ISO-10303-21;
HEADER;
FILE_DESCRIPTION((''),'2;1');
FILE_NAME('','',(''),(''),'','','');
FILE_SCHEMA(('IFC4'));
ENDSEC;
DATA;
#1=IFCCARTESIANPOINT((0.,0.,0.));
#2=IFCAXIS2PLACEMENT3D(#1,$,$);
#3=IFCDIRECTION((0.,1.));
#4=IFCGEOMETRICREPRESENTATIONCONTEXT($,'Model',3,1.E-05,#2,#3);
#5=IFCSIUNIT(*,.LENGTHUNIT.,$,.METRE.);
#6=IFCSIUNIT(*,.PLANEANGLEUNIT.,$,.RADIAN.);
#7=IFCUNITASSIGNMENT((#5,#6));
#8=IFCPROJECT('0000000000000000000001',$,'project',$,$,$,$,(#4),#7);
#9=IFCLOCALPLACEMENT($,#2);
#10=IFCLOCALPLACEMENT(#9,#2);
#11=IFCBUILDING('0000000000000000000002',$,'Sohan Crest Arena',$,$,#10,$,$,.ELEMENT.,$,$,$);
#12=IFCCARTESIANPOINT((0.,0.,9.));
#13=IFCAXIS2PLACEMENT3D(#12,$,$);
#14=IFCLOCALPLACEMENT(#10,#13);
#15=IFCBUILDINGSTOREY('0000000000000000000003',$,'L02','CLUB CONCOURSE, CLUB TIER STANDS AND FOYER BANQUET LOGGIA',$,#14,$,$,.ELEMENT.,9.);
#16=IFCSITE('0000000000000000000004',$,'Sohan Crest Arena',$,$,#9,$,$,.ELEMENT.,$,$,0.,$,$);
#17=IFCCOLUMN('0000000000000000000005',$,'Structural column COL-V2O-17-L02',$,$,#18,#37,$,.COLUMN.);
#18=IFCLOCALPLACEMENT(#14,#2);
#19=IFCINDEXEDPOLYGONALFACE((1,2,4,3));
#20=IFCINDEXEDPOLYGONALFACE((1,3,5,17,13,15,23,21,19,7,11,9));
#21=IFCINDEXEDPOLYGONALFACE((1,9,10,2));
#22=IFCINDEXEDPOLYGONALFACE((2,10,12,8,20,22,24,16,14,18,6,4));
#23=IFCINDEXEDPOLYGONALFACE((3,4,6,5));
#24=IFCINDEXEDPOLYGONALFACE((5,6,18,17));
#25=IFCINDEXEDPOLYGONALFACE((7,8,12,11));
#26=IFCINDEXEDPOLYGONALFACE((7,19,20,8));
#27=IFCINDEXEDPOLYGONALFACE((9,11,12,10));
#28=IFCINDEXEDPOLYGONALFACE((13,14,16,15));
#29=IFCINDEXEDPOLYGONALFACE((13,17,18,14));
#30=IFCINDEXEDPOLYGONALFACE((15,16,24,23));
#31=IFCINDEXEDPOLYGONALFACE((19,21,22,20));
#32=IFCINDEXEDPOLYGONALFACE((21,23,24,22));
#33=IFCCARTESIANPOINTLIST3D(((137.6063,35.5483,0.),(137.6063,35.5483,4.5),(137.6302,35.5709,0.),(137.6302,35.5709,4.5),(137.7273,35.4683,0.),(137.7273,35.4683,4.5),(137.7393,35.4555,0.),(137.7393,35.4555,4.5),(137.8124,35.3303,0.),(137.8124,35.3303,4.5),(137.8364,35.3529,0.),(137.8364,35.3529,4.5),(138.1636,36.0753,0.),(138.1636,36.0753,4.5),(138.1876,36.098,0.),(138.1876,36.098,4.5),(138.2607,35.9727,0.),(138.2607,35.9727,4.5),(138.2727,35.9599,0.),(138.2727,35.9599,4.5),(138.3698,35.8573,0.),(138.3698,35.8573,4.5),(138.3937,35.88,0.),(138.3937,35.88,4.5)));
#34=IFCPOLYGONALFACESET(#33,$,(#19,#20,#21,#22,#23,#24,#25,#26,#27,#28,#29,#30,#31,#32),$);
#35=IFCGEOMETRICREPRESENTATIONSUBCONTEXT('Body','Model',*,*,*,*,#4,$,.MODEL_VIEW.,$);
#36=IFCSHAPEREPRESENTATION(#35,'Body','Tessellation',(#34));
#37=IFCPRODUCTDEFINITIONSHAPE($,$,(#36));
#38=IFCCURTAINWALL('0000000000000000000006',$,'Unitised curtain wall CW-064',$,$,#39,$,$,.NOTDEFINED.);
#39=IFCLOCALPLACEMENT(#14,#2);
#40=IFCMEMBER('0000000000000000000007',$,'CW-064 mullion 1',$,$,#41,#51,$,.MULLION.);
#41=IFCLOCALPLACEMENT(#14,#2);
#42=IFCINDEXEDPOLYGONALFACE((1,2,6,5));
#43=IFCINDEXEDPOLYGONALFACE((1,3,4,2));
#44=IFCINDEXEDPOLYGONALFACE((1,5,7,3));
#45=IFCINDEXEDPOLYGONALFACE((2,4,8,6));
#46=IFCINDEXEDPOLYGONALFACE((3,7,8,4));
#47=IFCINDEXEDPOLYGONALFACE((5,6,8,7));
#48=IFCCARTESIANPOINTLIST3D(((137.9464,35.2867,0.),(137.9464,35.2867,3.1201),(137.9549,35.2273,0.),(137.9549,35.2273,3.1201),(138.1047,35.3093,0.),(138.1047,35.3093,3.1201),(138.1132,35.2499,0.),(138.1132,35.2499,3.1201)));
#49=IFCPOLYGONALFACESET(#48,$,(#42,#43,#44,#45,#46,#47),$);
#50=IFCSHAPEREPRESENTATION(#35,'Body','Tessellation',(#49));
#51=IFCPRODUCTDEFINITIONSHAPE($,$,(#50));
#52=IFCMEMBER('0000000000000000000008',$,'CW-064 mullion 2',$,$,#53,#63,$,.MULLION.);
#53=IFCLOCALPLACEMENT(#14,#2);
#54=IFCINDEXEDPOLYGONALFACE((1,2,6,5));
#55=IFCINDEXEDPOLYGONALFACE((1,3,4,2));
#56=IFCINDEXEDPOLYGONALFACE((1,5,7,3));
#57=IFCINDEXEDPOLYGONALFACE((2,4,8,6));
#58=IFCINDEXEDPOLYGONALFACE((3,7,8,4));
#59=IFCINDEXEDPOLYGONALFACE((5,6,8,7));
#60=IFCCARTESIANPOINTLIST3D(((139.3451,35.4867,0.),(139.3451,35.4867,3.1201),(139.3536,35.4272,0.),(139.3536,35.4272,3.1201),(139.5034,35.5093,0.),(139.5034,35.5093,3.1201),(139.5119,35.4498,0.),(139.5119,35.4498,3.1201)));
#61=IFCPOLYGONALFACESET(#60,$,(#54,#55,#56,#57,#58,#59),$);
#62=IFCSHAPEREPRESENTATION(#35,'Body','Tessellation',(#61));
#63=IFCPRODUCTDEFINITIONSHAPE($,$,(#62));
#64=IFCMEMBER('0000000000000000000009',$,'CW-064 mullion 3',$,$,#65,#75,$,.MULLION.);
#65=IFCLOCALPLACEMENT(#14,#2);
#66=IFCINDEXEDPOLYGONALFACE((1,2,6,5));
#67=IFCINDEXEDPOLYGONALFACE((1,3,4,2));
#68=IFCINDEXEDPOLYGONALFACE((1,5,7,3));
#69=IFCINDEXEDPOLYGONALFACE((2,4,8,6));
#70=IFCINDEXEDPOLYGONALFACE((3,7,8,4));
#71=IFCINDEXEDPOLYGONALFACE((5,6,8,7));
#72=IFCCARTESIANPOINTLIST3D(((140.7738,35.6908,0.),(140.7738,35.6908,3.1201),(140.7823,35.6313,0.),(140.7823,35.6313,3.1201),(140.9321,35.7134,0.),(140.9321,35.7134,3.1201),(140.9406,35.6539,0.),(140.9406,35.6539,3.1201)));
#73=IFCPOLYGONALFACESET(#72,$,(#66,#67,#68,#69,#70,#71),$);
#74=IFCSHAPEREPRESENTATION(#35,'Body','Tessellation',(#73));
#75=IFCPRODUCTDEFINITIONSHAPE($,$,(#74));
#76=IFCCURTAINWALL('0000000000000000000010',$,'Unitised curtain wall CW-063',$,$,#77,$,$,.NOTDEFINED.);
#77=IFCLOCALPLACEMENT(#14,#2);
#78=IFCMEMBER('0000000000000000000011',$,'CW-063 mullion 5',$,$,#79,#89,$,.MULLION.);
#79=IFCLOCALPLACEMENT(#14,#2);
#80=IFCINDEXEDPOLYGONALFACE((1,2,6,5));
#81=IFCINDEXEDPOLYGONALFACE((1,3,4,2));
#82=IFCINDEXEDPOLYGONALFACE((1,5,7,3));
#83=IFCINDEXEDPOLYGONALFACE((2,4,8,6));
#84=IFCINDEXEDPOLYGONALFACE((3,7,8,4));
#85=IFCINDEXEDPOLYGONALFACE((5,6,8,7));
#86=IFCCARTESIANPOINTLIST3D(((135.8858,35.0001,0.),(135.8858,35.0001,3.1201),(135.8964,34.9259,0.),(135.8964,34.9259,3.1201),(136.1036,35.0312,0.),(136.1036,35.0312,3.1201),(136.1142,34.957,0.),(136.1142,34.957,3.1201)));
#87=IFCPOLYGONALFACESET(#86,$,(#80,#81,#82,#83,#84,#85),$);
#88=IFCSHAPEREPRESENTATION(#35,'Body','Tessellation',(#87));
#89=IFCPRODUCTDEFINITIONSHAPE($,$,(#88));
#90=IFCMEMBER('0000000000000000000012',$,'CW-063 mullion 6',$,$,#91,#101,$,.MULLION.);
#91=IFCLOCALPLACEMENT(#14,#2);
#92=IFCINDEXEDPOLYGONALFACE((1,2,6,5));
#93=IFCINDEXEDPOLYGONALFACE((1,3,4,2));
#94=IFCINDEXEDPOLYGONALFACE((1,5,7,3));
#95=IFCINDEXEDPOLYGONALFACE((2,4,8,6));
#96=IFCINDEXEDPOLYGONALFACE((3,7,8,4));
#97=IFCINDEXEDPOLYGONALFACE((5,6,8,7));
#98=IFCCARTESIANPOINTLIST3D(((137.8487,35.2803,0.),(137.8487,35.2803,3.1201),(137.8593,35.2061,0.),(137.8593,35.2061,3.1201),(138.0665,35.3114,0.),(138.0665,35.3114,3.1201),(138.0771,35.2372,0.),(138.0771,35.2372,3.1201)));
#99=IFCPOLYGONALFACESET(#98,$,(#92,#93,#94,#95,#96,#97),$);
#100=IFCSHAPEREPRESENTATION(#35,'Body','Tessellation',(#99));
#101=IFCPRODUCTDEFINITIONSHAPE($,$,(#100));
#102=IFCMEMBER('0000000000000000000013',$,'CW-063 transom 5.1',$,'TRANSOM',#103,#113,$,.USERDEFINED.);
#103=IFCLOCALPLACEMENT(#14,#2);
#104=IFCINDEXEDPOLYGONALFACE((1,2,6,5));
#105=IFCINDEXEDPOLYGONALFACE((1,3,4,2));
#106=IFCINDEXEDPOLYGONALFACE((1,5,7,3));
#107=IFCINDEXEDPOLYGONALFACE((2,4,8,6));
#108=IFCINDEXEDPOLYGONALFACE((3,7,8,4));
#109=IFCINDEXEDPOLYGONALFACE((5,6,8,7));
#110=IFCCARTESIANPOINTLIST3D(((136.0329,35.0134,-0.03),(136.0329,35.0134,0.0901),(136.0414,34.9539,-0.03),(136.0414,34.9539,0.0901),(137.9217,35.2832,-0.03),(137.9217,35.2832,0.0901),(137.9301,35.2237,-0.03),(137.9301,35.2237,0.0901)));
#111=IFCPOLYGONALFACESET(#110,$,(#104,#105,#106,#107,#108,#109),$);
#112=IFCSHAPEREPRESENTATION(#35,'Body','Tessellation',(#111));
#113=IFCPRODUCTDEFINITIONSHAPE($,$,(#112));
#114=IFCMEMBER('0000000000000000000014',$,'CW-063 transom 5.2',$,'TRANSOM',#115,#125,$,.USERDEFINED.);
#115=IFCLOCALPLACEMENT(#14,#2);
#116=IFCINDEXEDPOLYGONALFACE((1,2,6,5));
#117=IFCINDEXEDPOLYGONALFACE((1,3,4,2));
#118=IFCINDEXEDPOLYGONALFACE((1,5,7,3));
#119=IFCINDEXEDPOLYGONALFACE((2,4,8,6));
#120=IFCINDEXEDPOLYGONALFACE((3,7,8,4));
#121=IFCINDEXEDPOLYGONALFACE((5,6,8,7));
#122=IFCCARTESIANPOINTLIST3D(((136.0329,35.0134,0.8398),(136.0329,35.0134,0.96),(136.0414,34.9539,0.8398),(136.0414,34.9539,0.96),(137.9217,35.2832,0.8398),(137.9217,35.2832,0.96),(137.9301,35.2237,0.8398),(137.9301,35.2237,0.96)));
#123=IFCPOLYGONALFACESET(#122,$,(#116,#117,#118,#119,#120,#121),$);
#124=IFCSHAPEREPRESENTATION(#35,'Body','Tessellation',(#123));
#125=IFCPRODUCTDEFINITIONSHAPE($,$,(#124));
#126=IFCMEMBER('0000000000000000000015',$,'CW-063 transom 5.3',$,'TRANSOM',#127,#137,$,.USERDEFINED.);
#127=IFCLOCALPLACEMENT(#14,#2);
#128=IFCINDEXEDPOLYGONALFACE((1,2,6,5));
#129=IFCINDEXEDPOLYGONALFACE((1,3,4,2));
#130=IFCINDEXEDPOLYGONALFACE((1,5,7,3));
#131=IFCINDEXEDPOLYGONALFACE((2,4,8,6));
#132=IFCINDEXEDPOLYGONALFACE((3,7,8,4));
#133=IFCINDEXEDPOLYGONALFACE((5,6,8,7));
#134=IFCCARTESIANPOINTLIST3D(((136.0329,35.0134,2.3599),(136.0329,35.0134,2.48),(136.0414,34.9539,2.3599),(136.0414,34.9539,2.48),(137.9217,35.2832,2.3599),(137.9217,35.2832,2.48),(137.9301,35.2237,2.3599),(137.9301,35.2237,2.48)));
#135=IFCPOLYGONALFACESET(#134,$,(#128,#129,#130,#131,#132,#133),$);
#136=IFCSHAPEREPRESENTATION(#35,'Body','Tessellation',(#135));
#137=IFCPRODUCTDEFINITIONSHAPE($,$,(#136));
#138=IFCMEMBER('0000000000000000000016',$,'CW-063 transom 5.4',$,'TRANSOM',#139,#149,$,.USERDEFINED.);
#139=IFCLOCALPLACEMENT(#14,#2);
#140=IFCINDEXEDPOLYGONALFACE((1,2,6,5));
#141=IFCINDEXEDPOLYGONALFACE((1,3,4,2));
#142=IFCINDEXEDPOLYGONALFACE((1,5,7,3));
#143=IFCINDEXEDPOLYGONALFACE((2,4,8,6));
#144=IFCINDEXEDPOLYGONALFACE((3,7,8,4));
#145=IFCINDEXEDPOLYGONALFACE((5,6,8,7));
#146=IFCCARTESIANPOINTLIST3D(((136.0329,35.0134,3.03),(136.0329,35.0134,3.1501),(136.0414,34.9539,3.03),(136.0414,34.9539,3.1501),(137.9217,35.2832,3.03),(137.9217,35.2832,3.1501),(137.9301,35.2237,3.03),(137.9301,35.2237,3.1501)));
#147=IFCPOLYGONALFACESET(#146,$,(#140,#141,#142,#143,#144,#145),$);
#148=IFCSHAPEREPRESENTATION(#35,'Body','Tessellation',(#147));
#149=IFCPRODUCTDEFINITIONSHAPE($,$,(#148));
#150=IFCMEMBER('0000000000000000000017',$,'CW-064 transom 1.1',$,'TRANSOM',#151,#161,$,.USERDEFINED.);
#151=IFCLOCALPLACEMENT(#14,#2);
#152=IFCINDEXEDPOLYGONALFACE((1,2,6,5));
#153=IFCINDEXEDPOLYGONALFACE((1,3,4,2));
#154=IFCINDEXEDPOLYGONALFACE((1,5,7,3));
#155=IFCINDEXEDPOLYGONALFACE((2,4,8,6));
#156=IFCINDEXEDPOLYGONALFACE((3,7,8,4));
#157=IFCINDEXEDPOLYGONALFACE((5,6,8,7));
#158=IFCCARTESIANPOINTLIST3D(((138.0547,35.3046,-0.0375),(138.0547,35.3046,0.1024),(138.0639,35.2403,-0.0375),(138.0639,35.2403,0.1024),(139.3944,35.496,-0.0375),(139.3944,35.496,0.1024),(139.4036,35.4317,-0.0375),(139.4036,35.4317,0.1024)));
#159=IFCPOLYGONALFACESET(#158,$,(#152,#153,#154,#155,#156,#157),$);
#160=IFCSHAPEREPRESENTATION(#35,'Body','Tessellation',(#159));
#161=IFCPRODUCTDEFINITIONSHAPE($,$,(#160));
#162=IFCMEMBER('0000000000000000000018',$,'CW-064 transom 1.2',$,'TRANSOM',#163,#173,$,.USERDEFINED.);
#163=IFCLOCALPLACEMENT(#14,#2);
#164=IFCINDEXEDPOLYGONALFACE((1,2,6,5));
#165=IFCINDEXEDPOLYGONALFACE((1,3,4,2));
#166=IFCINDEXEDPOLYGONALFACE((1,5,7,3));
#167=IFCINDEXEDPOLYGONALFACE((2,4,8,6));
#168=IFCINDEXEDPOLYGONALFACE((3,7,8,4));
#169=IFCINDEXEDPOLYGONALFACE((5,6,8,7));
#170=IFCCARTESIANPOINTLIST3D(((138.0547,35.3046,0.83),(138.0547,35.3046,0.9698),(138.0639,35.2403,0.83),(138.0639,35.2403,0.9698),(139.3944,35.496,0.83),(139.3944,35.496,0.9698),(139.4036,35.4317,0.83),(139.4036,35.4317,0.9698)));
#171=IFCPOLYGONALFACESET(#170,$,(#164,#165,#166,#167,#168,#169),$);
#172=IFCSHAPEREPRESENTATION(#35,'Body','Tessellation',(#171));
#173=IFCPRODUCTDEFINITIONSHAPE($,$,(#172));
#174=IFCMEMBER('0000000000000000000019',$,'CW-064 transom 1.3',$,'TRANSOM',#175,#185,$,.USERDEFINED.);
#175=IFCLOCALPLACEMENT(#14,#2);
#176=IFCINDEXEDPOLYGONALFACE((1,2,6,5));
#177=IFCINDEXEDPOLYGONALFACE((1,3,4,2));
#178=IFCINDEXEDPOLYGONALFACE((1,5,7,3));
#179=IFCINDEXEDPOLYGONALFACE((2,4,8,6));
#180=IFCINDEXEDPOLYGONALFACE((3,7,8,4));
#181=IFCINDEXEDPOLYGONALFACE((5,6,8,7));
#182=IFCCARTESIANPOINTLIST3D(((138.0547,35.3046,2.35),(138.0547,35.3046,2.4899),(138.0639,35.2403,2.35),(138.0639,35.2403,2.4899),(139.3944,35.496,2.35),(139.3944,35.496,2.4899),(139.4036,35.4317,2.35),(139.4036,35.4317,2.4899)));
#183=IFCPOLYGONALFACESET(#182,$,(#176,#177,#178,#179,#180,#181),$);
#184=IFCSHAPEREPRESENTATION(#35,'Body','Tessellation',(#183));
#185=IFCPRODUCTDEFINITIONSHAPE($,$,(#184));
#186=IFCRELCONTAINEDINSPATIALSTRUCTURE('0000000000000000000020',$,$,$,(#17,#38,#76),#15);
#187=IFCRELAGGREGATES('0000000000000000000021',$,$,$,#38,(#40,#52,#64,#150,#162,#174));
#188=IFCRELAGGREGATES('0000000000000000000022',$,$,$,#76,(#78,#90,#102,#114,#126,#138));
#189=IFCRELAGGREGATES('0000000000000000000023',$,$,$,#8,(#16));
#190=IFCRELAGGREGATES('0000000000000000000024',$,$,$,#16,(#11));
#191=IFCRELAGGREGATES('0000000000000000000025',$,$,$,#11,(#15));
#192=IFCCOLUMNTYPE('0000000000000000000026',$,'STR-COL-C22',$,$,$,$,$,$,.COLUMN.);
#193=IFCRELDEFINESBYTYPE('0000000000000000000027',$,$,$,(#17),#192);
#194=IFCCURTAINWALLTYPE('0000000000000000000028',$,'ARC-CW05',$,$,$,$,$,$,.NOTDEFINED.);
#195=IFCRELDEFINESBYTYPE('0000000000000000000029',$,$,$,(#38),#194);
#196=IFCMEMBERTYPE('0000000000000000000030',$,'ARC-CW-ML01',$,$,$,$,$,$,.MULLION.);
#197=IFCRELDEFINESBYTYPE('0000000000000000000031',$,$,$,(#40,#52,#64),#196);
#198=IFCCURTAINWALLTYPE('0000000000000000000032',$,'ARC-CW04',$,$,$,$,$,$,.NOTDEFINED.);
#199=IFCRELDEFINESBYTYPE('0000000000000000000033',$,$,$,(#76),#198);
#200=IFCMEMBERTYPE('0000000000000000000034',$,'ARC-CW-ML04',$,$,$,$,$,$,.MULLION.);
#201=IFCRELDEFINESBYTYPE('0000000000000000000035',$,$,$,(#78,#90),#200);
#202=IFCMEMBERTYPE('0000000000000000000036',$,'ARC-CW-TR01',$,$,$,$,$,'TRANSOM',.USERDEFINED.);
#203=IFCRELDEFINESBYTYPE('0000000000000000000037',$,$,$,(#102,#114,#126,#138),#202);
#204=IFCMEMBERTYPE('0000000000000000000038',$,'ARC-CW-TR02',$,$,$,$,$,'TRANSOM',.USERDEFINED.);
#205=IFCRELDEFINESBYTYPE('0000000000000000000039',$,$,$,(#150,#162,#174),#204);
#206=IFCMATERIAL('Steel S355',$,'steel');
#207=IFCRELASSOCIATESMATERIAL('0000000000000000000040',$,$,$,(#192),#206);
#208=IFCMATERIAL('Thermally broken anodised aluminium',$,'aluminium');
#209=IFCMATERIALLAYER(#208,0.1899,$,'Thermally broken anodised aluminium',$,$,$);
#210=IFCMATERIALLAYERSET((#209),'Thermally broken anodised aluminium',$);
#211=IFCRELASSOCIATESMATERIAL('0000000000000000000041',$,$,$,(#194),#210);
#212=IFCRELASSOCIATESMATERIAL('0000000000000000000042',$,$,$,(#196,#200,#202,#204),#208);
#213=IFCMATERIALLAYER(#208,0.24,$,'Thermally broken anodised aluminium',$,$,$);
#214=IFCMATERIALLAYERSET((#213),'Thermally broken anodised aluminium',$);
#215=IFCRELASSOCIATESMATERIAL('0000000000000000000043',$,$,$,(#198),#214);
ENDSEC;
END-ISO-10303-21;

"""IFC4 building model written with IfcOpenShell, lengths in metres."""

from ifc_helpers import new_model, si_unit, direction, frame, origin, origin_2d, place, context, subcontext, project, spatial, rectangle, i_section, extrude, material, layer, layer_set, material_profile, profile_set, type_object, element, aggregate, save


model = new_model("IFC4")

# Units and contexts
model_context = context("Model", 3, precision=1e-05, world=origin(), true_north=direction((0.0, 1.0)))
body_context = subcontext(model_context, "Body", "Model", "MODEL_VIEW")
ifc_project = project(units=[si_unit("LENGTHUNIT", "METRE"), si_unit("PLANEANGLEUNIT", "RADIAN")], contexts=[model_context])

# Site, building, storey
site_placement = place(None, origin())
site = spatial("IfcSite", under=ifc_project, at=site_placement, Name="Sohan Crest Arena", CompositionType="ELEMENT", RefElevation=0.0)
building_placement = place(site_placement, origin())
building = spatial("IfcBuilding", under=site, at=building_placement, Name="Sohan Crest Arena", CompositionType="ELEMENT")
storey_placement = place(building_placement, frame((0.0, 0.0, 9.0)))
storey = spatial("IfcBuildingStorey", under=building, at=storey_placement, Name="L02", Description="CLUB CONCOURSE, CLUB TIER STANDS AND FOYER BANQUET LOGGIA", CompositionType="ELEMENT", Elevation=9.0)

# Column
ifc_material_1 = material(Name="Steel S355", Category="steel")
ifc_material_profile_1 = material_profile(ifc_material_1, i_section(OverallWidth=0.3, OverallDepth=0.8, WebThickness=0.0176, FlangeThickness=0.033, at=origin_2d()), Name="HEB 800")
ifc_profile_set_1 = profile_set([ifc_material_profile_1], Name="Steel S355")
column_type = type_object("IfcColumnType", Name="STR-COL-C22", PredefinedType="COLUMN", material=ifc_profile_set_1)
column_placement = place(storey_placement, frame((138.0, 35.7141, 0.0), z_axis=(0.0, 0.0, 1.0), x_axis=(-0.687088, 0.726575, 0.0)))
element("IfcColumn", 1, at=column_placement, inside=storey, type_object=column_type, Name="Structural column COL-V2O-17-L02", PredefinedType="COLUMN", context=body_context, shape_type="SweptSolid", body=[
    extrude(i_section(OverallWidth=0.3, OverallDepth=0.8, WebThickness=0.0176, FlangeThickness=0.033, at=origin_2d()), origin(), (0.0, 0.0, 1.0), 4.5),
])

# Curtain walls, members
ifc_material_2 = material(Name="Thermally broken anodised aluminium", Category="aluminium")
ifc_layer_1 = layer(ifc_material_2, 0.1899, Name="Thermally broken anodised aluminium")
ifc_layer_set_1 = layer_set([ifc_layer_1], Name="Thermally broken anodised aluminium")
curtain_wall_type_1 = type_object("IfcCurtainWallType", Name="ARC-CW05", PredefinedType="NOTDEFINED", material=ifc_layer_set_1)
curtain_wall_1_placement = place(storey_placement, origin())
curtain_wall_1 = element("IfcCurtainWall", 2, at=curtain_wall_1_placement, inside=storey, type_object=curtain_wall_type_1, Name="Unitised curtain wall CW-064", PredefinedType="NOTDEFINED")
ifc_material_profile_2 = material_profile(ifc_material_2, rectangle(XDim=0.0601, YDim=0.1599, at=origin_2d()), Name="ALU-MULL 60x160")
ifc_profile_set_2 = profile_set([ifc_material_profile_2], Name="Thermally broken anodised aluminium")
member_type_1 = type_object("IfcMemberType", Name="ARC-CW-ML01", PredefinedType="MULLION", material=ifc_profile_set_2)
member_1_placement = place(storey_placement, frame((138.0298, 35.2683, 0.0), z_axis=(0.0, 0.0, 1.0), x_axis=(-0.141463, 0.989944, 0.0)))
member_1 = element("IfcMember", 3, at=member_1_placement, type_object=member_type_1, Name="CW-064 mullion 1", PredefinedType="MULLION", context=body_context, shape_type="SweptSolid", body=[
    extrude(rectangle(XDim=0.0601, YDim=0.1599, at=origin_2d()), origin(), (0.0, 0.0, 1.0), 3.1201),
])
member_2_placement = place(storey_placement, frame((139.4285, 35.4683, 0.0), z_axis=(0.0, 0.0, 1.0), x_axis=(-0.141463, 0.989944, 0.0)))
member_2 = element("IfcMember", 4, at=member_2_placement, type_object=member_type_1, Name="CW-064 mullion 2", PredefinedType="MULLION", context=body_context, shape_type="SweptSolid", body=[
    extrude(rectangle(XDim=0.0601, YDim=0.1599, at=origin_2d()), origin(), (0.0, 0.0, 1.0), 3.1201),
])
member_3_placement = place(storey_placement, frame((140.8572, 35.6724, 0.0), z_axis=(0.0, 0.0, 1.0), x_axis=(-0.141463, 0.989944, 0.0)))
member_3 = element("IfcMember", 5, at=member_3_placement, type_object=member_type_1, Name="CW-064 mullion 3", PredefinedType="MULLION", context=body_context, shape_type="SweptSolid", body=[
    extrude(rectangle(XDim=0.0601, YDim=0.1599, at=origin_2d()), origin(), (0.0, 0.0, 1.0), 3.1201),
])
ifc_layer_2 = layer(ifc_material_2, 0.24, Name="Thermally broken anodised aluminium")
ifc_layer_set_2 = layer_set([ifc_layer_2], Name="Thermally broken anodised aluminium")
curtain_wall_type_2 = type_object("IfcCurtainWallType", Name="ARC-CW04", PredefinedType="NOTDEFINED", material=ifc_layer_set_2)
curtain_wall_2_placement = place(storey_placement, origin())
curtain_wall_2 = element("IfcCurtainWall", 6, at=curtain_wall_2_placement, inside=storey, type_object=curtain_wall_type_2, Name="Unitised curtain wall CW-063", PredefinedType="NOTDEFINED")
ifc_material_profile_3 = material_profile(ifc_material_2, rectangle(XDim=0.075, YDim=0.22, at=origin_2d()), Name="ALU-MULL 75x220")
ifc_profile_set_3 = profile_set([ifc_material_profile_3], Name="Thermally broken anodised aluminium")
member_type_2 = type_object("IfcMemberType", Name="ARC-CW-ML04", PredefinedType="MULLION", material=ifc_profile_set_3)
member_4_placement = place(storey_placement, frame((136.0, 34.9785, 0.0), z_axis=(0.0, 0.0, 1.0), x_axis=(-0.141366, 0.989957, 0.0)))
member_4 = element("IfcMember", 7, at=member_4_placement, type_object=member_type_2, Name="CW-063 mullion 5", PredefinedType="MULLION", context=body_context, shape_type="SweptSolid", body=[
    extrude(rectangle(XDim=0.075, YDim=0.22, at=origin_2d()), origin(), (0.0, 0.0, 1.0), 3.1201),
])
member_5_placement = place(storey_placement, frame((137.9629, 35.2588, 0.0), z_axis=(0.0, 0.0, 1.0), x_axis=(-0.141366, 0.989957, 0.0)))
member_5 = element("IfcMember", 8, at=member_5_placement, type_object=member_type_2, Name="CW-063 mullion 6", PredefinedType="MULLION", context=body_context, shape_type="SweptSolid", body=[
    extrude(rectangle(XDim=0.075, YDim=0.22, at=origin_2d()), origin(), (0.0, 0.0, 1.0), 3.1201),
])
ifc_material_profile_4 = material_profile(ifc_material_2, rectangle(XDim=0.0601, YDim=0.1201, at=origin_2d()), Name="ALU-TRAN 60x120")
ifc_profile_set_4 = profile_set([ifc_material_profile_4], Name="Thermally broken anodised aluminium")
member_type_3 = type_object("IfcMemberType", Name="ARC-CW-TR01", ElementType="TRANSOM", PredefinedType="USERDEFINED", material=ifc_profile_set_4)
member_6_placement = place(storey_placement, frame((136.0371, 34.9836, 0.03), z_axis=(0.989952, 0.141403, 0.0), x_axis=(-0.141403, 0.989952, 0.0)))
member_6 = element("IfcMember", 9, at=member_6_placement, type_object=member_type_3, Name="CW-063 transom 5.1", ObjectType="TRANSOM", PredefinedType="USERDEFINED", context=body_context, shape_type="SweptSolid", body=[
    extrude(rectangle(XDim=0.0601, YDim=0.1201, at=origin_2d()), origin(), (0.0, 0.0, 1.0), 1.908),
])
member_7_placement = place(storey_placement, frame((136.0371, 34.9836, 0.8999), z_axis=(0.989952, 0.141403, 0.0), x_axis=(-0.141403, 0.989952, 0.0)))
member_7 = element("IfcMember", 10, at=member_7_placement, type_object=member_type_3, Name="CW-063 transom 5.2", ObjectType="TRANSOM", PredefinedType="USERDEFINED", context=body_context, shape_type="SweptSolid", body=[
    extrude(rectangle(XDim=0.0601, YDim=0.1201, at=origin_2d()), origin(), (0.0, 0.0, 1.0), 1.908),
])
member_8_placement = place(storey_placement, frame((136.0371, 34.9836, 2.4199), z_axis=(0.989952, 0.141403, 0.0), x_axis=(-0.141403, 0.989952, 0.0)))
member_8 = element("IfcMember", 11, at=member_8_placement, type_object=member_type_3, Name="CW-063 transom 5.3", ObjectType="TRANSOM", PredefinedType="USERDEFINED", context=body_context, shape_type="SweptSolid", body=[
    extrude(rectangle(XDim=0.0601, YDim=0.1201, at=origin_2d()), origin(), (0.0, 0.0, 1.0), 1.908),
])
member_9_placement = place(storey_placement, frame((136.0371, 34.9836, 3.0901), z_axis=(0.989952, 0.141403, 0.0), x_axis=(-0.141403, 0.989952, 0.0)))
member_9 = element("IfcMember", 12, at=member_9_placement, type_object=member_type_3, Name="CW-063 transom 5.4", ObjectType="TRANSOM", PredefinedType="USERDEFINED", context=body_context, shape_type="SweptSolid", body=[
    extrude(rectangle(XDim=0.0601, YDim=0.1201, at=origin_2d()), origin(), (0.0, 0.0, 1.0), 1.908),
])

# Members
ifc_material_profile_5 = material_profile(ifc_material_2, rectangle(XDim=0.0649, YDim=0.1399, at=origin_2d()), Name="ALU-TRAN 65x140")
ifc_profile_set_5 = profile_set([ifc_material_profile_5], Name="Thermally broken anodised aluminium")
member_type_4 = type_object("IfcMemberType", Name="ARC-CW-TR02", ElementType="TRANSOM", PredefinedType="USERDEFINED", material=ifc_profile_set_5)
member_10_placement = place(storey_placement, frame((138.0593, 35.2725, 0.0325), z_axis=(0.989946, 0.141447, 0.0), x_axis=(-0.141447, 0.989946, 0.0)))
member_10 = element("IfcMember", 13, at=member_10_placement, type_object=member_type_4, Name="CW-064 transom 1.1", ObjectType="TRANSOM", PredefinedType="USERDEFINED", context=body_context, shape_type="SweptSolid", body=[
    extrude(rectangle(XDim=0.0649, YDim=0.1399, at=origin_2d()), origin(), (0.0, 0.0, 1.0), 1.3533),
])
member_11_placement = place(storey_placement, frame((138.0593, 35.2725, 0.8999), z_axis=(0.989946, 0.141447, 0.0), x_axis=(-0.141447, 0.989946, 0.0)))
member_11 = element("IfcMember", 14, at=member_11_placement, type_object=member_type_4, Name="CW-064 transom 1.2", ObjectType="TRANSOM", PredefinedType="USERDEFINED", context=body_context, shape_type="SweptSolid", body=[
    extrude(rectangle(XDim=0.0649, YDim=0.1399, at=origin_2d()), origin(), (0.0, 0.0, 1.0), 1.3533),
])
member_12_placement = place(storey_placement, frame((138.0593, 35.2725, 2.4199), z_axis=(0.989946, 0.141447, 0.0), x_axis=(-0.141447, 0.989946, 0.0)))
member_12 = element("IfcMember", 15, at=member_12_placement, type_object=member_type_4, Name="CW-064 transom 1.3", ObjectType="TRANSOM", PredefinedType="USERDEFINED", context=body_context, shape_type="SweptSolid", body=[
    extrude(rectangle(XDim=0.0649, YDim=0.1399, at=origin_2d()), origin(), (0.0, 0.0, 1.0), 1.3533),
])

aggregate(curtain_wall_1, [member_1, member_2, member_3, member_10, member_11, member_12])
aggregate(curtain_wall_2, [member_4, member_5, member_6, member_7, member_8, member_9])

save(model, "model.ifc")
